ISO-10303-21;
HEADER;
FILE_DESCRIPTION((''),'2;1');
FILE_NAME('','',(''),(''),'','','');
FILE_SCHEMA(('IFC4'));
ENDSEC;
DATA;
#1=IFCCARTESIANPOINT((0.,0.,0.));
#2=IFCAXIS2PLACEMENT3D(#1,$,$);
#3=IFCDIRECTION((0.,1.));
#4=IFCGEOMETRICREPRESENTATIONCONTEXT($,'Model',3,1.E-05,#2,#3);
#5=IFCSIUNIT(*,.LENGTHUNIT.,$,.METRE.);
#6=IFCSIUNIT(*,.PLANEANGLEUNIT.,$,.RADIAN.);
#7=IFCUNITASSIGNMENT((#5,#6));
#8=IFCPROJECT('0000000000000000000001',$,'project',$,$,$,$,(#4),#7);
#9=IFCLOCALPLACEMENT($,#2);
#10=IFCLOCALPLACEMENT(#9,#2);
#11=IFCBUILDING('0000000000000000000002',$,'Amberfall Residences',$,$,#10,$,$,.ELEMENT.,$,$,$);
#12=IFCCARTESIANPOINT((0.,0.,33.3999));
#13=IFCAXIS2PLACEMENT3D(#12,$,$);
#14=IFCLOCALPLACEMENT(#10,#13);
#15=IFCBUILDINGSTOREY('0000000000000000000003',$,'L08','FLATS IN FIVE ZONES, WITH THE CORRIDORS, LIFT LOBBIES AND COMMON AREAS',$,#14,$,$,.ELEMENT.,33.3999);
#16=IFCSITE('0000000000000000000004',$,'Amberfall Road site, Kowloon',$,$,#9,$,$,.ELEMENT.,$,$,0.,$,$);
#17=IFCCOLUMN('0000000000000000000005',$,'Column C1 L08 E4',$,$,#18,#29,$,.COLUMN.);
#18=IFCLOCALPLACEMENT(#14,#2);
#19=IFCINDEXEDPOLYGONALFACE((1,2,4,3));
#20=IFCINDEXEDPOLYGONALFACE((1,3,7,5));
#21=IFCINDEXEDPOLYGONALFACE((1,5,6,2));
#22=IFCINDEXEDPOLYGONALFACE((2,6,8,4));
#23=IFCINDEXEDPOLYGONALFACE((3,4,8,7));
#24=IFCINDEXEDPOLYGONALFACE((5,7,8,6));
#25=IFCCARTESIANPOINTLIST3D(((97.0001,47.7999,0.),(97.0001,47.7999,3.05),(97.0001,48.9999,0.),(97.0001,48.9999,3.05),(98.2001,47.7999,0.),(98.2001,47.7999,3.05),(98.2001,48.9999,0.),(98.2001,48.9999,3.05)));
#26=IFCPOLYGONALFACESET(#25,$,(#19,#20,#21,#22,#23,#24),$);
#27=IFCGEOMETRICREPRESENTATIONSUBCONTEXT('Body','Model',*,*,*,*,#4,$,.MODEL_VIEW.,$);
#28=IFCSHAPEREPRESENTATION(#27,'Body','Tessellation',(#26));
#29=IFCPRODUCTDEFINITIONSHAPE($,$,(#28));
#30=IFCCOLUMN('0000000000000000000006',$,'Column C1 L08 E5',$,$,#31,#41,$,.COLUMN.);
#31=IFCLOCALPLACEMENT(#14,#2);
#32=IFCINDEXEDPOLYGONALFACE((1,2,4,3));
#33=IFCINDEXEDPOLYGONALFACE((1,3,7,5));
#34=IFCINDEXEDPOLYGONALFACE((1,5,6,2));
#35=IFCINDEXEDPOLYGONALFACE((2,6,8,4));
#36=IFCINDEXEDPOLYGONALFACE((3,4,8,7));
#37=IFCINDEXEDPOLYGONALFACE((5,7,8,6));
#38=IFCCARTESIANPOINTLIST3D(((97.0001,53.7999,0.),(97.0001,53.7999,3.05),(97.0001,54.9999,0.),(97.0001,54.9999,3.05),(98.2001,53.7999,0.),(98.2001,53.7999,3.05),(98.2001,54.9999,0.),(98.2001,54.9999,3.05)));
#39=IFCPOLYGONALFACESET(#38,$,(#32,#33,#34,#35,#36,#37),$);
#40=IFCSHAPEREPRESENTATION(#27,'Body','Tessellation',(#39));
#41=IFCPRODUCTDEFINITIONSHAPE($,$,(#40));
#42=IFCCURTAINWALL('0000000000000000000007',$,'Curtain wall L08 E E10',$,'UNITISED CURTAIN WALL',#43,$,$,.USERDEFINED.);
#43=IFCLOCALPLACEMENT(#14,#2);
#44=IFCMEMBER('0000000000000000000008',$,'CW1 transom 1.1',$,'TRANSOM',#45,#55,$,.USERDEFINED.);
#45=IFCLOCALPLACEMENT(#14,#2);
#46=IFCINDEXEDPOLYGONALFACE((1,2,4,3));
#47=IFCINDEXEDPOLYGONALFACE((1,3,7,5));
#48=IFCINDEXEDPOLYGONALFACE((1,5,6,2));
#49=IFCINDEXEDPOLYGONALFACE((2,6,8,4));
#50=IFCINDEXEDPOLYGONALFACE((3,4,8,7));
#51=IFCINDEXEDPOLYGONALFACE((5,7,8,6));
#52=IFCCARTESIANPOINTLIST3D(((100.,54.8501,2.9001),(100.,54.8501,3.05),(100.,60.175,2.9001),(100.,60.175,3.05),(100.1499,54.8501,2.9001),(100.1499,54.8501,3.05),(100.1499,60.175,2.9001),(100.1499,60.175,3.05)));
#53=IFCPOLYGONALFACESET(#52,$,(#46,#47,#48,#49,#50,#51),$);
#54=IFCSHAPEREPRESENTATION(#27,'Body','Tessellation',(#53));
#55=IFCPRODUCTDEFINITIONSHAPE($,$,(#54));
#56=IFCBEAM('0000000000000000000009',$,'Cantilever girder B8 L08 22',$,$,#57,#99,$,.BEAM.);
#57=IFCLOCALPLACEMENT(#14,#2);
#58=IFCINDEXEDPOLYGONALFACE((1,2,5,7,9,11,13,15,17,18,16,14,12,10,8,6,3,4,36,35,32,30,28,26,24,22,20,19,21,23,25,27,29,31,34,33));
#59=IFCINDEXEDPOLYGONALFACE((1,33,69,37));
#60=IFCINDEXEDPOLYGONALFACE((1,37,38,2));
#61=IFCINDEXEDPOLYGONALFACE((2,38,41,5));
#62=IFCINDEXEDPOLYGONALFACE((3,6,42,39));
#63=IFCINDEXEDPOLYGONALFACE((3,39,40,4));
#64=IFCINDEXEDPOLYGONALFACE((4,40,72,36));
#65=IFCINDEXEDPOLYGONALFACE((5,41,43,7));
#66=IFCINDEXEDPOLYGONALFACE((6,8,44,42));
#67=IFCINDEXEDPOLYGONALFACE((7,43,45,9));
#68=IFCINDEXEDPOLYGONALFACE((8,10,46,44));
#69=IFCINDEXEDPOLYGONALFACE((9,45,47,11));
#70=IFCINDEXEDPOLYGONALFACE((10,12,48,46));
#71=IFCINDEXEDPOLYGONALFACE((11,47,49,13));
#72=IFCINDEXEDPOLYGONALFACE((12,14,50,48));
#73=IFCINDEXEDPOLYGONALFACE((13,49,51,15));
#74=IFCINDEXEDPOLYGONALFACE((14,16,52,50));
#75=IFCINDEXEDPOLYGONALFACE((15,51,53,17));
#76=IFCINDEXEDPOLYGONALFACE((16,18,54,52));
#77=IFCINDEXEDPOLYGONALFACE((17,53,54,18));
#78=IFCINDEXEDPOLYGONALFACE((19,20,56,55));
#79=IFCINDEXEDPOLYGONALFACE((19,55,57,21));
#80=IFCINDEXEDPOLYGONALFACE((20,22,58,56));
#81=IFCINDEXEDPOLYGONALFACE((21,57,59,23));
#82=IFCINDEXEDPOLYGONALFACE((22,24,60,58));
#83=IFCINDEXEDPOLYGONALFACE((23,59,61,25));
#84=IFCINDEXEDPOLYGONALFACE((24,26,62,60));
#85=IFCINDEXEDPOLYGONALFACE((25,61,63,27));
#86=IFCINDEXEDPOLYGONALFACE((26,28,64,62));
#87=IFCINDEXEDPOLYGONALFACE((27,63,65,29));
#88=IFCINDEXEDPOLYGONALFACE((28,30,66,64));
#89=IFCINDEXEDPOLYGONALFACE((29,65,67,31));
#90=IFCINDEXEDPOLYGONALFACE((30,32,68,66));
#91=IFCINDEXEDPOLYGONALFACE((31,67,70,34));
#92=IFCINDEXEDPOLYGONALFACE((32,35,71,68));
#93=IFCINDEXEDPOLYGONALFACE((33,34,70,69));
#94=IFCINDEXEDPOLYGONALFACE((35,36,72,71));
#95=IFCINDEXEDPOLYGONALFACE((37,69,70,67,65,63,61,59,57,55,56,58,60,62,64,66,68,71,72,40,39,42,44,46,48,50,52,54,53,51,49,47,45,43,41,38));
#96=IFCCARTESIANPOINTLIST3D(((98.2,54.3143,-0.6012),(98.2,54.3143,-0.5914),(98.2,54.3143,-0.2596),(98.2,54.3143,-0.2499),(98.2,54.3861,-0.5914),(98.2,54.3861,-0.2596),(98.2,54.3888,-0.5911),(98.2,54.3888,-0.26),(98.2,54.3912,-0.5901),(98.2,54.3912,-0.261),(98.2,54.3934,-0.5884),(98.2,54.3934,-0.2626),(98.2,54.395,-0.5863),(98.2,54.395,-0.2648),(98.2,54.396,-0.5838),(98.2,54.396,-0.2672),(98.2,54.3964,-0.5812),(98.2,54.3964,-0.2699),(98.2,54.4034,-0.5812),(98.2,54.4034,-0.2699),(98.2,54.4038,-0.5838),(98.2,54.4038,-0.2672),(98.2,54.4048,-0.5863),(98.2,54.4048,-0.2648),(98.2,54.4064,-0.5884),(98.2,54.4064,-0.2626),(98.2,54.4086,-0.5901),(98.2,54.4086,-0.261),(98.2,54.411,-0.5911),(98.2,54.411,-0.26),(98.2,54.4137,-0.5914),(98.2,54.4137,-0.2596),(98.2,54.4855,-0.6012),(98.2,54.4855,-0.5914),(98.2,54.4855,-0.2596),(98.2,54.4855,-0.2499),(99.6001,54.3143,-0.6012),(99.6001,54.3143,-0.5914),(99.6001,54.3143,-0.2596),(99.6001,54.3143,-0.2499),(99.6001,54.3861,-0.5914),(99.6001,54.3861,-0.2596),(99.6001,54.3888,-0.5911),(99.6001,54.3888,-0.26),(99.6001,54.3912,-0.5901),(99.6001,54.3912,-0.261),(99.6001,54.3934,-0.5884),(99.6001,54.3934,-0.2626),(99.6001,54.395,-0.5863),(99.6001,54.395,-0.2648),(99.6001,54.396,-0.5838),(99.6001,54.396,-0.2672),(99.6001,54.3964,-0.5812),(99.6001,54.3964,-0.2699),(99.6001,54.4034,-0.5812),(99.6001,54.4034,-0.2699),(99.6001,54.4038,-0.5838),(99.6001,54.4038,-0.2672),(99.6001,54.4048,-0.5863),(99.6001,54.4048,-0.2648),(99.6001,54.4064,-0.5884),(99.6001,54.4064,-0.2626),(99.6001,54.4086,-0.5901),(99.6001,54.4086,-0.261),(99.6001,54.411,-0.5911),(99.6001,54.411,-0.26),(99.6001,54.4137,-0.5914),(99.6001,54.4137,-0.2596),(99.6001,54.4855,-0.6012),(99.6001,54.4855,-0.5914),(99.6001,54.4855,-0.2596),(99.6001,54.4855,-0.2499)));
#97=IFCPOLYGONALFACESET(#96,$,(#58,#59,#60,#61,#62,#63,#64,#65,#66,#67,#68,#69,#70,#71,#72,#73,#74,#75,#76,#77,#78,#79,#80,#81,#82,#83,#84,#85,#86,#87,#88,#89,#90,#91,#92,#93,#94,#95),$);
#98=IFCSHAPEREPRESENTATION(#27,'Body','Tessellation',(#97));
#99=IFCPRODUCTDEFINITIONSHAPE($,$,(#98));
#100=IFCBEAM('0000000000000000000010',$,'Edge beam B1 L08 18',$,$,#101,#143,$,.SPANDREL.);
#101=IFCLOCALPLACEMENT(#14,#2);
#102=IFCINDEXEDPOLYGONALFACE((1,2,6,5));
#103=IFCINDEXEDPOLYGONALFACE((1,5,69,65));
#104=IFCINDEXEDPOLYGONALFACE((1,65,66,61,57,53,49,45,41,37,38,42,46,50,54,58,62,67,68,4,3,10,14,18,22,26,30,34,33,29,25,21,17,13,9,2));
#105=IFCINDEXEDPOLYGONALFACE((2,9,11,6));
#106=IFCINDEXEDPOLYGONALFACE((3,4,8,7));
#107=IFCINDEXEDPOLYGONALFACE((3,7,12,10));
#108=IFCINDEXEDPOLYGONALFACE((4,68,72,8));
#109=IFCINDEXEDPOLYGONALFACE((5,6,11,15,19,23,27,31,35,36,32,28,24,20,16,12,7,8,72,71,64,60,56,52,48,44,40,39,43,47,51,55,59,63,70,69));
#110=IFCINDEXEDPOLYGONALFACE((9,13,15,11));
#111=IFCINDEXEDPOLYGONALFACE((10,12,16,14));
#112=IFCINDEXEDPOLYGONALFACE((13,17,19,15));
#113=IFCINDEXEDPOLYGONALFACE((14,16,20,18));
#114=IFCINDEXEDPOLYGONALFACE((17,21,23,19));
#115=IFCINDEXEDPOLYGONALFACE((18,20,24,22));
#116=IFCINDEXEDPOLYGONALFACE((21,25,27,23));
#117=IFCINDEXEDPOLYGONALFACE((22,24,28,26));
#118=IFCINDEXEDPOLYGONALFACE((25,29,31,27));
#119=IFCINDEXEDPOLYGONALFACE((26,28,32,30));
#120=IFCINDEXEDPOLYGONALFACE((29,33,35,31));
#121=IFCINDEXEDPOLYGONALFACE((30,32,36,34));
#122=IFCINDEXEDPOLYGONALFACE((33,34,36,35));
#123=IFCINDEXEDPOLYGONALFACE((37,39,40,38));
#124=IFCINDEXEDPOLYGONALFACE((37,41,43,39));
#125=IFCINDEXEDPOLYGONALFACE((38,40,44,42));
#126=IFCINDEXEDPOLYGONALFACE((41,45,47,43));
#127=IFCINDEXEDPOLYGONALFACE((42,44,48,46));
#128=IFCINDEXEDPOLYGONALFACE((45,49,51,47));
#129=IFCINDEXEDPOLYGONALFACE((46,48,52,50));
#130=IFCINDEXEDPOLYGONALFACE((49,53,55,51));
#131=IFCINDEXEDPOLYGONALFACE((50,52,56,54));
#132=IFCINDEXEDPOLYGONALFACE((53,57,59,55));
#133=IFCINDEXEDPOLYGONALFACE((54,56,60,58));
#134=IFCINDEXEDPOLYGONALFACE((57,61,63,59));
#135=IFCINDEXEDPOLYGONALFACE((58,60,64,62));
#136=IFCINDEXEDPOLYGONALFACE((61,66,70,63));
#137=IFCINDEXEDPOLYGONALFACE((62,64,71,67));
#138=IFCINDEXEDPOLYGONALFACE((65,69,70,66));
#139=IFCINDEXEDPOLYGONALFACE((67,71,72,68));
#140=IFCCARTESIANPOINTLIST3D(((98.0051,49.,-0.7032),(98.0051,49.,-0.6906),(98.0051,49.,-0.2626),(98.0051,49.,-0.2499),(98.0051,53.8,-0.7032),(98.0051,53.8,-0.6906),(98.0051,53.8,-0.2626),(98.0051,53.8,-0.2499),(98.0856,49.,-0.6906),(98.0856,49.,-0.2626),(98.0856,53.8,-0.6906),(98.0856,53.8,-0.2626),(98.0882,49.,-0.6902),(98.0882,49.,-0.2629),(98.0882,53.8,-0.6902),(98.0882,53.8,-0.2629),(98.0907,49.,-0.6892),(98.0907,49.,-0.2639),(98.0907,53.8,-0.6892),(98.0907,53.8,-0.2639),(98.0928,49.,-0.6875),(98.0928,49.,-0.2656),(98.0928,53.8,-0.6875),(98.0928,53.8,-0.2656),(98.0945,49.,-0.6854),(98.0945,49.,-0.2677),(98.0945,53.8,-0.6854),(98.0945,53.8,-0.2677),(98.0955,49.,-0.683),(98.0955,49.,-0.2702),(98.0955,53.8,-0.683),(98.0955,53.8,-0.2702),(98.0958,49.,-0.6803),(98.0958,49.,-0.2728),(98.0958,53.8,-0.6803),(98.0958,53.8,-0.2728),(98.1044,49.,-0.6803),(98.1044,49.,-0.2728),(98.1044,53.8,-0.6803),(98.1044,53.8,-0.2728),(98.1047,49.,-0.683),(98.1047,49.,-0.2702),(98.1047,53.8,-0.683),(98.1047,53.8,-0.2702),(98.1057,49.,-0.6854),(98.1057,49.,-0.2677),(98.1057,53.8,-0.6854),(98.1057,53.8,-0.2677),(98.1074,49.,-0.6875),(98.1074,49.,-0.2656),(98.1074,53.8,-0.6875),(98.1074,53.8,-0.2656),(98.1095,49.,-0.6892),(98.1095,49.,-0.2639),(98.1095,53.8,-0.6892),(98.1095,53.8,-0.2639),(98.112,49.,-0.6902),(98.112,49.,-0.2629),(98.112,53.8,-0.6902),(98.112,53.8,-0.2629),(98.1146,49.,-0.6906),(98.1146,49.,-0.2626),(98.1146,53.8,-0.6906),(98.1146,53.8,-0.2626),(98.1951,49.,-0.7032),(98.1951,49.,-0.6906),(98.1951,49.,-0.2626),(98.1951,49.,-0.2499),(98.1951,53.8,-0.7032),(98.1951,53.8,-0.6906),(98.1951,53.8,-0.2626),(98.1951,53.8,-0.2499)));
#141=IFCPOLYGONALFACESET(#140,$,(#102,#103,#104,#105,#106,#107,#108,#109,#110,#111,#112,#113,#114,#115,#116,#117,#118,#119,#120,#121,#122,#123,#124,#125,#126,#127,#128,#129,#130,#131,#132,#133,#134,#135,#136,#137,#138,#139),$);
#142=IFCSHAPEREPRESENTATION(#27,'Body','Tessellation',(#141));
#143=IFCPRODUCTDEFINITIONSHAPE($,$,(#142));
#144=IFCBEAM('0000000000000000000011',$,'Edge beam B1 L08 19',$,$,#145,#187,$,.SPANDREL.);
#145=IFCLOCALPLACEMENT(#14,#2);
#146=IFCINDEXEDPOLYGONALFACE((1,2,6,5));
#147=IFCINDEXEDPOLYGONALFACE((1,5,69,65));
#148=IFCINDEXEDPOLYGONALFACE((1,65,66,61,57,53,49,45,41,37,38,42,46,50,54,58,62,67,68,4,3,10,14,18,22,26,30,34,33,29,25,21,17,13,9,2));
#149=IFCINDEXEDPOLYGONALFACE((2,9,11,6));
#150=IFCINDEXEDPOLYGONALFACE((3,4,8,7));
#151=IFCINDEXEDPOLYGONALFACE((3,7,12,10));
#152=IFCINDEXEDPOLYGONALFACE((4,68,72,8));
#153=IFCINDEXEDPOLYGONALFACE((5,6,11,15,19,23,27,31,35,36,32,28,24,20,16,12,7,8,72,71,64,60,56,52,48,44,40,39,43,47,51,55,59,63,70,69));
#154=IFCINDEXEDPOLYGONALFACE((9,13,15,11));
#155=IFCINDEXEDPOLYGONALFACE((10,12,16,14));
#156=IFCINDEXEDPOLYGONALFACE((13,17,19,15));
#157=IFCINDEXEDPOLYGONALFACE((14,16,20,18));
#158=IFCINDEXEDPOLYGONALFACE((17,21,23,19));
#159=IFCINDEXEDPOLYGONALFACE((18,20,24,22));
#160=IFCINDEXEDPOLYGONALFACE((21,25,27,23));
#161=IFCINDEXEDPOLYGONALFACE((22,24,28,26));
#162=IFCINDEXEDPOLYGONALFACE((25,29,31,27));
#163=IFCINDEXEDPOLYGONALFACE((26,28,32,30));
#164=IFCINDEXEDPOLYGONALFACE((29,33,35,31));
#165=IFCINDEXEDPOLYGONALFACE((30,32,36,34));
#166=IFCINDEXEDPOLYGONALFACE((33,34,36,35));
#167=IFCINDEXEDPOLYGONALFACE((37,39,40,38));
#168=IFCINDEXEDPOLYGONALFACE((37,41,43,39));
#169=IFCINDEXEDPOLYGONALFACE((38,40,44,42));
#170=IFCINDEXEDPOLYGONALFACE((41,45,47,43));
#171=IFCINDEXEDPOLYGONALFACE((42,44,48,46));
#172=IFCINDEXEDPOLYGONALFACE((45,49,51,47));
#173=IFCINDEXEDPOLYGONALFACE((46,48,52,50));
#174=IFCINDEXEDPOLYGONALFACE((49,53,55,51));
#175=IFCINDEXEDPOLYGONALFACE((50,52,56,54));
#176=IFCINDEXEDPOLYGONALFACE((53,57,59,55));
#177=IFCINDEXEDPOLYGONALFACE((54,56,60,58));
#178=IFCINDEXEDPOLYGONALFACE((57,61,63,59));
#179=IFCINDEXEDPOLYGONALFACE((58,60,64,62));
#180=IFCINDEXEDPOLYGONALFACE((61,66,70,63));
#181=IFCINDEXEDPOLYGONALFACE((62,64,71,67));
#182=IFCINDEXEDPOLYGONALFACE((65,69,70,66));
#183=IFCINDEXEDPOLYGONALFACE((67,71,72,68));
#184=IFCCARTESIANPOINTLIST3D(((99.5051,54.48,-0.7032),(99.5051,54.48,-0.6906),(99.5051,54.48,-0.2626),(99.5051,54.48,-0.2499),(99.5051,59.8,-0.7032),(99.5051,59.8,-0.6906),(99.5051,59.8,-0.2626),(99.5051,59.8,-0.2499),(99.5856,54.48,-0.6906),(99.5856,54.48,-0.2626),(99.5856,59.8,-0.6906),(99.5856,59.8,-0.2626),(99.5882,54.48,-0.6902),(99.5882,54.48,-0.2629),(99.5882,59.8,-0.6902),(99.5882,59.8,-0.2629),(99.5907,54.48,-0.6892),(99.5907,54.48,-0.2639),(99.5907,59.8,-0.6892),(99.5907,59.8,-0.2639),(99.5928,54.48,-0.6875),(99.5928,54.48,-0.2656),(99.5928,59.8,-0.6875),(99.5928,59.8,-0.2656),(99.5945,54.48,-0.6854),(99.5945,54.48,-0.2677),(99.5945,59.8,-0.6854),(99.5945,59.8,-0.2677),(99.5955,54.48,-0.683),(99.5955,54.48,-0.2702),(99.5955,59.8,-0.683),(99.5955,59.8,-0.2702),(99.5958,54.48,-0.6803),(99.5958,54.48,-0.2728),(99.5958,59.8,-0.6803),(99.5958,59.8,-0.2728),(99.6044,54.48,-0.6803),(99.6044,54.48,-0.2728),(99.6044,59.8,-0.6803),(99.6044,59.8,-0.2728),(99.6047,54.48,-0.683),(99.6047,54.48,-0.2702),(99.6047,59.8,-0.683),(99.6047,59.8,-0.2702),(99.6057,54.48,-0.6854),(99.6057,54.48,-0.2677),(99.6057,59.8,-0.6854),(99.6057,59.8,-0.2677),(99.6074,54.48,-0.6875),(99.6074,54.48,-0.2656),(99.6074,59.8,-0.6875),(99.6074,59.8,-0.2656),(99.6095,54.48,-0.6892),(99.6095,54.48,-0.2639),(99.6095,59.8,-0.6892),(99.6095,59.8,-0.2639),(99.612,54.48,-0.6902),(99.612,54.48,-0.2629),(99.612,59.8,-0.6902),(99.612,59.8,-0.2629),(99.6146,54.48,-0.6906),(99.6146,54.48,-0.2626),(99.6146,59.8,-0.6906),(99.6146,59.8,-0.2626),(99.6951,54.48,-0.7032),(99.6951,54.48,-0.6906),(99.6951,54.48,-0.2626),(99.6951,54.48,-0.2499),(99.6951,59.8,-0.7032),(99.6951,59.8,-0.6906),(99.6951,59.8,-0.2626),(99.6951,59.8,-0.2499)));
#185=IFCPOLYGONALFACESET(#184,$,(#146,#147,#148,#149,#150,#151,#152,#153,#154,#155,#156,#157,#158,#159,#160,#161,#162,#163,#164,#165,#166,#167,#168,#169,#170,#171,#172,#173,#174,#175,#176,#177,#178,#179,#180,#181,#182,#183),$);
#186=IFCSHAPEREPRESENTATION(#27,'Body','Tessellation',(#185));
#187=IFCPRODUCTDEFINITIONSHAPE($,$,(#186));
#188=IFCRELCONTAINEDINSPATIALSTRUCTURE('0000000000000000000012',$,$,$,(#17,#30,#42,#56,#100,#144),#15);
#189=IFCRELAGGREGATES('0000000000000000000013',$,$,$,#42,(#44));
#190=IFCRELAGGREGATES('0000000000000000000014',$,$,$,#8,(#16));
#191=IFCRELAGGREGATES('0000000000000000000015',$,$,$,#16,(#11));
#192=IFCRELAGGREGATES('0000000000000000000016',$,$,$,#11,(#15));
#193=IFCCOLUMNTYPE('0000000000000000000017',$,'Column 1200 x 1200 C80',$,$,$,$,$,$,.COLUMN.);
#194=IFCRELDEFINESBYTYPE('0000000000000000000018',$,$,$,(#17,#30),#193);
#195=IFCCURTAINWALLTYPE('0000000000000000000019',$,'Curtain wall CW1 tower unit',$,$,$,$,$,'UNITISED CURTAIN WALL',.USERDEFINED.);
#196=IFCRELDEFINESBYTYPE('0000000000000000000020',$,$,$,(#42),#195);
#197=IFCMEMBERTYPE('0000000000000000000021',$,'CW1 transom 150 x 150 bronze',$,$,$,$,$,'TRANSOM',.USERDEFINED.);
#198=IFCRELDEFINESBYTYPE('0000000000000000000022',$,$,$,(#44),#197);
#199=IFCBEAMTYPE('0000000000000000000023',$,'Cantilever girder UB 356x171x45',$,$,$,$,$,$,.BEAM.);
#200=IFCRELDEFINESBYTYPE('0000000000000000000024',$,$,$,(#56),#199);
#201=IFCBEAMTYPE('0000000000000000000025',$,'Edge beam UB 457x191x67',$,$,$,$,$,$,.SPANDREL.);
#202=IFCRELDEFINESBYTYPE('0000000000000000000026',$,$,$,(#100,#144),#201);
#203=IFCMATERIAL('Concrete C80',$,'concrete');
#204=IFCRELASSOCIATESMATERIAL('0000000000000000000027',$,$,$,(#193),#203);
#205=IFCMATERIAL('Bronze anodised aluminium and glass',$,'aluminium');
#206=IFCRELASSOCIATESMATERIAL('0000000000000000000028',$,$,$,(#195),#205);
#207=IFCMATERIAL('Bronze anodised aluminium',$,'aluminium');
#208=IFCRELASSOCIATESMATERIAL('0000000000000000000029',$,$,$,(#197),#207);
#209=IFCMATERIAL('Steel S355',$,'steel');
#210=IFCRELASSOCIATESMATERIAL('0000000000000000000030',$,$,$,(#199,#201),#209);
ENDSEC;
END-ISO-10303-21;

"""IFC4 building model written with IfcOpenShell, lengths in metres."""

from ifc_helpers import new_model, si_unit, direction, frame, origin, origin_2d, place, context, subcontext, project, spatial, rectangle, i_section, extrude, material, material_profile, profile_set, type_object, element, aggregate, save


model = new_model("IFC4")

# Units and contexts
model_context = context("Model", 3, precision=1e-05, world=origin(), true_north=direction((0.0, 1.0)))
body_context = subcontext(model_context, "Body", "Model", "MODEL_VIEW")
ifc_project = project(units=[si_unit("LENGTHUNIT", "METRE"), si_unit("PLANEANGLEUNIT", "RADIAN")], contexts=[model_context])

# Site, building, storey
site_placement = place(None, origin())
site = spatial("IfcSite", under=ifc_project, at=site_placement, Name="Amberfall Road site, Kowloon", CompositionType="ELEMENT", RefElevation=0.0)
building_placement = place(site_placement, origin())
building = spatial("IfcBuilding", under=site, at=building_placement, Name="Amberfall Residences", CompositionType="ELEMENT")
storey_placement = place(building_placement, frame((0.0, 0.0, 33.3999)))
storey = spatial("IfcBuildingStorey", under=building, at=storey_placement, Name="L08", Description="FLATS IN FIVE ZONES, WITH THE CORRIDORS, LIFT LOBBIES AND COMMON AREAS", CompositionType="ELEMENT", Elevation=33.3999)

# Columns
ifc_material_1 = material(Name="Concrete C80", Category="concrete")
ifc_material_profile_1 = material_profile(ifc_material_1, rectangle(XDim=1.2, YDim=1.2, at=origin_2d()), Name="Column 1200 x 1200 C80")
ifc_profile_set_1 = profile_set([ifc_material_profile_1], Name="Concrete C80")
column_type = type_object("IfcColumnType", Name="Column 1200 x 1200 C80", PredefinedType="COLUMN", material=ifc_profile_set_1)
for number, where, z_axis, x_axis, name in (
    (1, (97.6001, 48.3999, 0.0), (0.0, 0.0, 1.0), (1.0, 0.0, 0.0), "Column C1 L08 E4"),
    (2, (97.6001, 54.3999, 0.0), (0.0, 0.0, 1.0), (1.0, 0.0, 0.0), "Column C1 L08 E5"),
):
    element("IfcColumn", number, at=place(storey_placement, frame(where, z_axis=z_axis, x_axis=x_axis)), inside=storey, type_object=column_type, Name=name, PredefinedType="COLUMN", context=body_context, shape_type="SweptSolid", body=[
        extrude(rectangle(XDim=1.2, YDim=1.2, at=origin_2d()), origin(), (0.0, 0.0, 1.0), 3.05),
    ])

# Curtain wall, member
ifc_material_2 = material(Name="Bronze anodised aluminium and glass", Category="aluminium")
curtain_wall_type = type_object("IfcCurtainWallType", Name="Curtain wall CW1 tower unit", ElementType="UNITISED CURTAIN WALL", PredefinedType="USERDEFINED", material=ifc_material_2)
curtain_wall_placement = place(storey_placement, origin())
curtain_wall = element("IfcCurtainWall", 3, at=curtain_wall_placement, inside=storey, type_object=curtain_wall_type, Name="Curtain wall L08 E E10", ObjectType="UNITISED CURTAIN WALL", PredefinedType="USERDEFINED")
ifc_material_3 = material(Name="Bronze anodised aluminium", Category="aluminium")
ifc_material_profile_2 = material_profile(ifc_material_3, rectangle(XDim=0.1499, YDim=0.1499, at=origin_2d()), Name="CW1 transom 150 x 150 bronze")
ifc_profile_set_2 = profile_set([ifc_material_profile_2], Name="Bronze anodised aluminium")
member_type_1 = type_object("IfcMemberType", Name="CW1 transom 150 x 150 bronze", ElementType="TRANSOM", PredefinedType="USERDEFINED", material=ifc_profile_set_2)
member_1_placement = place(storey_placement, frame((100.075, 54.8501, 2.9751), z_axis=(0.0, 1.0, 0.0), x_axis=(-1.0, 0.0, 0.0)))
member_1 = element("IfcMember", 4, at=member_1_placement, type_object=member_type_1, Name="CW1 transom 1.1", ObjectType="TRANSOM", PredefinedType="USERDEFINED", context=body_context, shape_type="SweptSolid", body=[
    extrude(rectangle(XDim=0.1499, YDim=0.1499, at=origin_2d()), origin(), (0.0, 0.0, 1.0), 5.325),
])

# Beams
ifc_material_4 = material(Name="Steel S355", Category="steel")
ifc_material_profile_3 = material_profile(ifc_material_4, i_section(OverallWidth=0.1711, OverallDepth=0.3513, WebThickness=0.0071, FlangeThickness=0.0098, FilletRadius=0.0103, at=origin_2d()), Name="UB 356x171x45")
ifc_profile_set_3 = profile_set([ifc_material_profile_3], Name="Steel S355")
beam_type_1 = type_object("IfcBeamType", Name="Cantilever girder UB 356x171x45", PredefinedType="BEAM", material=ifc_profile_set_3)
beam_1_placement = place(storey_placement, frame((98.2, 54.3999, -0.4255), z_axis=(1.0, 0.0, 0.0), x_axis=(0.0, 1.0, 0.0)))
element("IfcBeam", 5, at=beam_1_placement, inside=storey, type_object=beam_type_1, Name="Cantilever girder B8 L08 22", PredefinedType="BEAM", context=body_context, shape_type="SweptSolid", body=[
    extrude(i_section(OverallWidth=0.1711, OverallDepth=0.3513, WebThickness=0.0071, FlangeThickness=0.0098, FilletRadius=0.0103, at=origin_2d()), origin(), (0.0, 0.0, 1.0), 1.4001),
])
ifc_material_profile_4 = material_profile(ifc_material_4, i_section(OverallWidth=0.1899, OverallDepth=0.4534, WebThickness=0.0085, FlangeThickness=0.0127, FilletRadius=0.0103, at=origin_2d()), Name="UB 457x191x67")
ifc_profile_set_4 = profile_set([ifc_material_profile_4], Name="Steel S355")
beam_type_2 = type_object("IfcBeamType", Name="Edge beam UB 457x191x67", PredefinedType="SPANDREL", material=ifc_profile_set_4)
beam_2_placement = place(storey_placement, frame((98.1001, 49.0, -0.4766), z_axis=(0.0, 1.0, 0.0), x_axis=(-1.0, 0.0, 0.0)))
element("IfcBeam", 6, at=beam_2_placement, inside=storey, type_object=beam_type_2, Name="Edge beam B1 L08 18", PredefinedType="SPANDREL", context=body_context, shape_type="SweptSolid", body=[
    extrude(i_section(OverallWidth=0.1899, OverallDepth=0.4534, WebThickness=0.0085, FlangeThickness=0.0127, FilletRadius=0.0103, at=origin_2d()), origin(), (0.0, 0.0, 1.0), 4.8),
])
beam_3_placement = place(storey_placement, frame((99.6001, 54.48, -0.4766), z_axis=(0.0, 1.0, 0.0), x_axis=(-1.0, 0.0, 0.0)))
element("IfcBeam", 7, at=beam_3_placement, inside=storey, type_object=beam_type_2, Name="Edge beam B1 L08 19", PredefinedType="SPANDREL", context=body_context, shape_type="SweptSolid", body=[
    extrude(i_section(OverallWidth=0.1899, OverallDepth=0.4534, WebThickness=0.0085, FlangeThickness=0.0127, FilletRadius=0.0103, at=origin_2d()), origin(), (0.0, 0.0, 1.0), 5.3201),
])

aggregate(curtain_wall, [member_1])

save(model, "model.ifc")
